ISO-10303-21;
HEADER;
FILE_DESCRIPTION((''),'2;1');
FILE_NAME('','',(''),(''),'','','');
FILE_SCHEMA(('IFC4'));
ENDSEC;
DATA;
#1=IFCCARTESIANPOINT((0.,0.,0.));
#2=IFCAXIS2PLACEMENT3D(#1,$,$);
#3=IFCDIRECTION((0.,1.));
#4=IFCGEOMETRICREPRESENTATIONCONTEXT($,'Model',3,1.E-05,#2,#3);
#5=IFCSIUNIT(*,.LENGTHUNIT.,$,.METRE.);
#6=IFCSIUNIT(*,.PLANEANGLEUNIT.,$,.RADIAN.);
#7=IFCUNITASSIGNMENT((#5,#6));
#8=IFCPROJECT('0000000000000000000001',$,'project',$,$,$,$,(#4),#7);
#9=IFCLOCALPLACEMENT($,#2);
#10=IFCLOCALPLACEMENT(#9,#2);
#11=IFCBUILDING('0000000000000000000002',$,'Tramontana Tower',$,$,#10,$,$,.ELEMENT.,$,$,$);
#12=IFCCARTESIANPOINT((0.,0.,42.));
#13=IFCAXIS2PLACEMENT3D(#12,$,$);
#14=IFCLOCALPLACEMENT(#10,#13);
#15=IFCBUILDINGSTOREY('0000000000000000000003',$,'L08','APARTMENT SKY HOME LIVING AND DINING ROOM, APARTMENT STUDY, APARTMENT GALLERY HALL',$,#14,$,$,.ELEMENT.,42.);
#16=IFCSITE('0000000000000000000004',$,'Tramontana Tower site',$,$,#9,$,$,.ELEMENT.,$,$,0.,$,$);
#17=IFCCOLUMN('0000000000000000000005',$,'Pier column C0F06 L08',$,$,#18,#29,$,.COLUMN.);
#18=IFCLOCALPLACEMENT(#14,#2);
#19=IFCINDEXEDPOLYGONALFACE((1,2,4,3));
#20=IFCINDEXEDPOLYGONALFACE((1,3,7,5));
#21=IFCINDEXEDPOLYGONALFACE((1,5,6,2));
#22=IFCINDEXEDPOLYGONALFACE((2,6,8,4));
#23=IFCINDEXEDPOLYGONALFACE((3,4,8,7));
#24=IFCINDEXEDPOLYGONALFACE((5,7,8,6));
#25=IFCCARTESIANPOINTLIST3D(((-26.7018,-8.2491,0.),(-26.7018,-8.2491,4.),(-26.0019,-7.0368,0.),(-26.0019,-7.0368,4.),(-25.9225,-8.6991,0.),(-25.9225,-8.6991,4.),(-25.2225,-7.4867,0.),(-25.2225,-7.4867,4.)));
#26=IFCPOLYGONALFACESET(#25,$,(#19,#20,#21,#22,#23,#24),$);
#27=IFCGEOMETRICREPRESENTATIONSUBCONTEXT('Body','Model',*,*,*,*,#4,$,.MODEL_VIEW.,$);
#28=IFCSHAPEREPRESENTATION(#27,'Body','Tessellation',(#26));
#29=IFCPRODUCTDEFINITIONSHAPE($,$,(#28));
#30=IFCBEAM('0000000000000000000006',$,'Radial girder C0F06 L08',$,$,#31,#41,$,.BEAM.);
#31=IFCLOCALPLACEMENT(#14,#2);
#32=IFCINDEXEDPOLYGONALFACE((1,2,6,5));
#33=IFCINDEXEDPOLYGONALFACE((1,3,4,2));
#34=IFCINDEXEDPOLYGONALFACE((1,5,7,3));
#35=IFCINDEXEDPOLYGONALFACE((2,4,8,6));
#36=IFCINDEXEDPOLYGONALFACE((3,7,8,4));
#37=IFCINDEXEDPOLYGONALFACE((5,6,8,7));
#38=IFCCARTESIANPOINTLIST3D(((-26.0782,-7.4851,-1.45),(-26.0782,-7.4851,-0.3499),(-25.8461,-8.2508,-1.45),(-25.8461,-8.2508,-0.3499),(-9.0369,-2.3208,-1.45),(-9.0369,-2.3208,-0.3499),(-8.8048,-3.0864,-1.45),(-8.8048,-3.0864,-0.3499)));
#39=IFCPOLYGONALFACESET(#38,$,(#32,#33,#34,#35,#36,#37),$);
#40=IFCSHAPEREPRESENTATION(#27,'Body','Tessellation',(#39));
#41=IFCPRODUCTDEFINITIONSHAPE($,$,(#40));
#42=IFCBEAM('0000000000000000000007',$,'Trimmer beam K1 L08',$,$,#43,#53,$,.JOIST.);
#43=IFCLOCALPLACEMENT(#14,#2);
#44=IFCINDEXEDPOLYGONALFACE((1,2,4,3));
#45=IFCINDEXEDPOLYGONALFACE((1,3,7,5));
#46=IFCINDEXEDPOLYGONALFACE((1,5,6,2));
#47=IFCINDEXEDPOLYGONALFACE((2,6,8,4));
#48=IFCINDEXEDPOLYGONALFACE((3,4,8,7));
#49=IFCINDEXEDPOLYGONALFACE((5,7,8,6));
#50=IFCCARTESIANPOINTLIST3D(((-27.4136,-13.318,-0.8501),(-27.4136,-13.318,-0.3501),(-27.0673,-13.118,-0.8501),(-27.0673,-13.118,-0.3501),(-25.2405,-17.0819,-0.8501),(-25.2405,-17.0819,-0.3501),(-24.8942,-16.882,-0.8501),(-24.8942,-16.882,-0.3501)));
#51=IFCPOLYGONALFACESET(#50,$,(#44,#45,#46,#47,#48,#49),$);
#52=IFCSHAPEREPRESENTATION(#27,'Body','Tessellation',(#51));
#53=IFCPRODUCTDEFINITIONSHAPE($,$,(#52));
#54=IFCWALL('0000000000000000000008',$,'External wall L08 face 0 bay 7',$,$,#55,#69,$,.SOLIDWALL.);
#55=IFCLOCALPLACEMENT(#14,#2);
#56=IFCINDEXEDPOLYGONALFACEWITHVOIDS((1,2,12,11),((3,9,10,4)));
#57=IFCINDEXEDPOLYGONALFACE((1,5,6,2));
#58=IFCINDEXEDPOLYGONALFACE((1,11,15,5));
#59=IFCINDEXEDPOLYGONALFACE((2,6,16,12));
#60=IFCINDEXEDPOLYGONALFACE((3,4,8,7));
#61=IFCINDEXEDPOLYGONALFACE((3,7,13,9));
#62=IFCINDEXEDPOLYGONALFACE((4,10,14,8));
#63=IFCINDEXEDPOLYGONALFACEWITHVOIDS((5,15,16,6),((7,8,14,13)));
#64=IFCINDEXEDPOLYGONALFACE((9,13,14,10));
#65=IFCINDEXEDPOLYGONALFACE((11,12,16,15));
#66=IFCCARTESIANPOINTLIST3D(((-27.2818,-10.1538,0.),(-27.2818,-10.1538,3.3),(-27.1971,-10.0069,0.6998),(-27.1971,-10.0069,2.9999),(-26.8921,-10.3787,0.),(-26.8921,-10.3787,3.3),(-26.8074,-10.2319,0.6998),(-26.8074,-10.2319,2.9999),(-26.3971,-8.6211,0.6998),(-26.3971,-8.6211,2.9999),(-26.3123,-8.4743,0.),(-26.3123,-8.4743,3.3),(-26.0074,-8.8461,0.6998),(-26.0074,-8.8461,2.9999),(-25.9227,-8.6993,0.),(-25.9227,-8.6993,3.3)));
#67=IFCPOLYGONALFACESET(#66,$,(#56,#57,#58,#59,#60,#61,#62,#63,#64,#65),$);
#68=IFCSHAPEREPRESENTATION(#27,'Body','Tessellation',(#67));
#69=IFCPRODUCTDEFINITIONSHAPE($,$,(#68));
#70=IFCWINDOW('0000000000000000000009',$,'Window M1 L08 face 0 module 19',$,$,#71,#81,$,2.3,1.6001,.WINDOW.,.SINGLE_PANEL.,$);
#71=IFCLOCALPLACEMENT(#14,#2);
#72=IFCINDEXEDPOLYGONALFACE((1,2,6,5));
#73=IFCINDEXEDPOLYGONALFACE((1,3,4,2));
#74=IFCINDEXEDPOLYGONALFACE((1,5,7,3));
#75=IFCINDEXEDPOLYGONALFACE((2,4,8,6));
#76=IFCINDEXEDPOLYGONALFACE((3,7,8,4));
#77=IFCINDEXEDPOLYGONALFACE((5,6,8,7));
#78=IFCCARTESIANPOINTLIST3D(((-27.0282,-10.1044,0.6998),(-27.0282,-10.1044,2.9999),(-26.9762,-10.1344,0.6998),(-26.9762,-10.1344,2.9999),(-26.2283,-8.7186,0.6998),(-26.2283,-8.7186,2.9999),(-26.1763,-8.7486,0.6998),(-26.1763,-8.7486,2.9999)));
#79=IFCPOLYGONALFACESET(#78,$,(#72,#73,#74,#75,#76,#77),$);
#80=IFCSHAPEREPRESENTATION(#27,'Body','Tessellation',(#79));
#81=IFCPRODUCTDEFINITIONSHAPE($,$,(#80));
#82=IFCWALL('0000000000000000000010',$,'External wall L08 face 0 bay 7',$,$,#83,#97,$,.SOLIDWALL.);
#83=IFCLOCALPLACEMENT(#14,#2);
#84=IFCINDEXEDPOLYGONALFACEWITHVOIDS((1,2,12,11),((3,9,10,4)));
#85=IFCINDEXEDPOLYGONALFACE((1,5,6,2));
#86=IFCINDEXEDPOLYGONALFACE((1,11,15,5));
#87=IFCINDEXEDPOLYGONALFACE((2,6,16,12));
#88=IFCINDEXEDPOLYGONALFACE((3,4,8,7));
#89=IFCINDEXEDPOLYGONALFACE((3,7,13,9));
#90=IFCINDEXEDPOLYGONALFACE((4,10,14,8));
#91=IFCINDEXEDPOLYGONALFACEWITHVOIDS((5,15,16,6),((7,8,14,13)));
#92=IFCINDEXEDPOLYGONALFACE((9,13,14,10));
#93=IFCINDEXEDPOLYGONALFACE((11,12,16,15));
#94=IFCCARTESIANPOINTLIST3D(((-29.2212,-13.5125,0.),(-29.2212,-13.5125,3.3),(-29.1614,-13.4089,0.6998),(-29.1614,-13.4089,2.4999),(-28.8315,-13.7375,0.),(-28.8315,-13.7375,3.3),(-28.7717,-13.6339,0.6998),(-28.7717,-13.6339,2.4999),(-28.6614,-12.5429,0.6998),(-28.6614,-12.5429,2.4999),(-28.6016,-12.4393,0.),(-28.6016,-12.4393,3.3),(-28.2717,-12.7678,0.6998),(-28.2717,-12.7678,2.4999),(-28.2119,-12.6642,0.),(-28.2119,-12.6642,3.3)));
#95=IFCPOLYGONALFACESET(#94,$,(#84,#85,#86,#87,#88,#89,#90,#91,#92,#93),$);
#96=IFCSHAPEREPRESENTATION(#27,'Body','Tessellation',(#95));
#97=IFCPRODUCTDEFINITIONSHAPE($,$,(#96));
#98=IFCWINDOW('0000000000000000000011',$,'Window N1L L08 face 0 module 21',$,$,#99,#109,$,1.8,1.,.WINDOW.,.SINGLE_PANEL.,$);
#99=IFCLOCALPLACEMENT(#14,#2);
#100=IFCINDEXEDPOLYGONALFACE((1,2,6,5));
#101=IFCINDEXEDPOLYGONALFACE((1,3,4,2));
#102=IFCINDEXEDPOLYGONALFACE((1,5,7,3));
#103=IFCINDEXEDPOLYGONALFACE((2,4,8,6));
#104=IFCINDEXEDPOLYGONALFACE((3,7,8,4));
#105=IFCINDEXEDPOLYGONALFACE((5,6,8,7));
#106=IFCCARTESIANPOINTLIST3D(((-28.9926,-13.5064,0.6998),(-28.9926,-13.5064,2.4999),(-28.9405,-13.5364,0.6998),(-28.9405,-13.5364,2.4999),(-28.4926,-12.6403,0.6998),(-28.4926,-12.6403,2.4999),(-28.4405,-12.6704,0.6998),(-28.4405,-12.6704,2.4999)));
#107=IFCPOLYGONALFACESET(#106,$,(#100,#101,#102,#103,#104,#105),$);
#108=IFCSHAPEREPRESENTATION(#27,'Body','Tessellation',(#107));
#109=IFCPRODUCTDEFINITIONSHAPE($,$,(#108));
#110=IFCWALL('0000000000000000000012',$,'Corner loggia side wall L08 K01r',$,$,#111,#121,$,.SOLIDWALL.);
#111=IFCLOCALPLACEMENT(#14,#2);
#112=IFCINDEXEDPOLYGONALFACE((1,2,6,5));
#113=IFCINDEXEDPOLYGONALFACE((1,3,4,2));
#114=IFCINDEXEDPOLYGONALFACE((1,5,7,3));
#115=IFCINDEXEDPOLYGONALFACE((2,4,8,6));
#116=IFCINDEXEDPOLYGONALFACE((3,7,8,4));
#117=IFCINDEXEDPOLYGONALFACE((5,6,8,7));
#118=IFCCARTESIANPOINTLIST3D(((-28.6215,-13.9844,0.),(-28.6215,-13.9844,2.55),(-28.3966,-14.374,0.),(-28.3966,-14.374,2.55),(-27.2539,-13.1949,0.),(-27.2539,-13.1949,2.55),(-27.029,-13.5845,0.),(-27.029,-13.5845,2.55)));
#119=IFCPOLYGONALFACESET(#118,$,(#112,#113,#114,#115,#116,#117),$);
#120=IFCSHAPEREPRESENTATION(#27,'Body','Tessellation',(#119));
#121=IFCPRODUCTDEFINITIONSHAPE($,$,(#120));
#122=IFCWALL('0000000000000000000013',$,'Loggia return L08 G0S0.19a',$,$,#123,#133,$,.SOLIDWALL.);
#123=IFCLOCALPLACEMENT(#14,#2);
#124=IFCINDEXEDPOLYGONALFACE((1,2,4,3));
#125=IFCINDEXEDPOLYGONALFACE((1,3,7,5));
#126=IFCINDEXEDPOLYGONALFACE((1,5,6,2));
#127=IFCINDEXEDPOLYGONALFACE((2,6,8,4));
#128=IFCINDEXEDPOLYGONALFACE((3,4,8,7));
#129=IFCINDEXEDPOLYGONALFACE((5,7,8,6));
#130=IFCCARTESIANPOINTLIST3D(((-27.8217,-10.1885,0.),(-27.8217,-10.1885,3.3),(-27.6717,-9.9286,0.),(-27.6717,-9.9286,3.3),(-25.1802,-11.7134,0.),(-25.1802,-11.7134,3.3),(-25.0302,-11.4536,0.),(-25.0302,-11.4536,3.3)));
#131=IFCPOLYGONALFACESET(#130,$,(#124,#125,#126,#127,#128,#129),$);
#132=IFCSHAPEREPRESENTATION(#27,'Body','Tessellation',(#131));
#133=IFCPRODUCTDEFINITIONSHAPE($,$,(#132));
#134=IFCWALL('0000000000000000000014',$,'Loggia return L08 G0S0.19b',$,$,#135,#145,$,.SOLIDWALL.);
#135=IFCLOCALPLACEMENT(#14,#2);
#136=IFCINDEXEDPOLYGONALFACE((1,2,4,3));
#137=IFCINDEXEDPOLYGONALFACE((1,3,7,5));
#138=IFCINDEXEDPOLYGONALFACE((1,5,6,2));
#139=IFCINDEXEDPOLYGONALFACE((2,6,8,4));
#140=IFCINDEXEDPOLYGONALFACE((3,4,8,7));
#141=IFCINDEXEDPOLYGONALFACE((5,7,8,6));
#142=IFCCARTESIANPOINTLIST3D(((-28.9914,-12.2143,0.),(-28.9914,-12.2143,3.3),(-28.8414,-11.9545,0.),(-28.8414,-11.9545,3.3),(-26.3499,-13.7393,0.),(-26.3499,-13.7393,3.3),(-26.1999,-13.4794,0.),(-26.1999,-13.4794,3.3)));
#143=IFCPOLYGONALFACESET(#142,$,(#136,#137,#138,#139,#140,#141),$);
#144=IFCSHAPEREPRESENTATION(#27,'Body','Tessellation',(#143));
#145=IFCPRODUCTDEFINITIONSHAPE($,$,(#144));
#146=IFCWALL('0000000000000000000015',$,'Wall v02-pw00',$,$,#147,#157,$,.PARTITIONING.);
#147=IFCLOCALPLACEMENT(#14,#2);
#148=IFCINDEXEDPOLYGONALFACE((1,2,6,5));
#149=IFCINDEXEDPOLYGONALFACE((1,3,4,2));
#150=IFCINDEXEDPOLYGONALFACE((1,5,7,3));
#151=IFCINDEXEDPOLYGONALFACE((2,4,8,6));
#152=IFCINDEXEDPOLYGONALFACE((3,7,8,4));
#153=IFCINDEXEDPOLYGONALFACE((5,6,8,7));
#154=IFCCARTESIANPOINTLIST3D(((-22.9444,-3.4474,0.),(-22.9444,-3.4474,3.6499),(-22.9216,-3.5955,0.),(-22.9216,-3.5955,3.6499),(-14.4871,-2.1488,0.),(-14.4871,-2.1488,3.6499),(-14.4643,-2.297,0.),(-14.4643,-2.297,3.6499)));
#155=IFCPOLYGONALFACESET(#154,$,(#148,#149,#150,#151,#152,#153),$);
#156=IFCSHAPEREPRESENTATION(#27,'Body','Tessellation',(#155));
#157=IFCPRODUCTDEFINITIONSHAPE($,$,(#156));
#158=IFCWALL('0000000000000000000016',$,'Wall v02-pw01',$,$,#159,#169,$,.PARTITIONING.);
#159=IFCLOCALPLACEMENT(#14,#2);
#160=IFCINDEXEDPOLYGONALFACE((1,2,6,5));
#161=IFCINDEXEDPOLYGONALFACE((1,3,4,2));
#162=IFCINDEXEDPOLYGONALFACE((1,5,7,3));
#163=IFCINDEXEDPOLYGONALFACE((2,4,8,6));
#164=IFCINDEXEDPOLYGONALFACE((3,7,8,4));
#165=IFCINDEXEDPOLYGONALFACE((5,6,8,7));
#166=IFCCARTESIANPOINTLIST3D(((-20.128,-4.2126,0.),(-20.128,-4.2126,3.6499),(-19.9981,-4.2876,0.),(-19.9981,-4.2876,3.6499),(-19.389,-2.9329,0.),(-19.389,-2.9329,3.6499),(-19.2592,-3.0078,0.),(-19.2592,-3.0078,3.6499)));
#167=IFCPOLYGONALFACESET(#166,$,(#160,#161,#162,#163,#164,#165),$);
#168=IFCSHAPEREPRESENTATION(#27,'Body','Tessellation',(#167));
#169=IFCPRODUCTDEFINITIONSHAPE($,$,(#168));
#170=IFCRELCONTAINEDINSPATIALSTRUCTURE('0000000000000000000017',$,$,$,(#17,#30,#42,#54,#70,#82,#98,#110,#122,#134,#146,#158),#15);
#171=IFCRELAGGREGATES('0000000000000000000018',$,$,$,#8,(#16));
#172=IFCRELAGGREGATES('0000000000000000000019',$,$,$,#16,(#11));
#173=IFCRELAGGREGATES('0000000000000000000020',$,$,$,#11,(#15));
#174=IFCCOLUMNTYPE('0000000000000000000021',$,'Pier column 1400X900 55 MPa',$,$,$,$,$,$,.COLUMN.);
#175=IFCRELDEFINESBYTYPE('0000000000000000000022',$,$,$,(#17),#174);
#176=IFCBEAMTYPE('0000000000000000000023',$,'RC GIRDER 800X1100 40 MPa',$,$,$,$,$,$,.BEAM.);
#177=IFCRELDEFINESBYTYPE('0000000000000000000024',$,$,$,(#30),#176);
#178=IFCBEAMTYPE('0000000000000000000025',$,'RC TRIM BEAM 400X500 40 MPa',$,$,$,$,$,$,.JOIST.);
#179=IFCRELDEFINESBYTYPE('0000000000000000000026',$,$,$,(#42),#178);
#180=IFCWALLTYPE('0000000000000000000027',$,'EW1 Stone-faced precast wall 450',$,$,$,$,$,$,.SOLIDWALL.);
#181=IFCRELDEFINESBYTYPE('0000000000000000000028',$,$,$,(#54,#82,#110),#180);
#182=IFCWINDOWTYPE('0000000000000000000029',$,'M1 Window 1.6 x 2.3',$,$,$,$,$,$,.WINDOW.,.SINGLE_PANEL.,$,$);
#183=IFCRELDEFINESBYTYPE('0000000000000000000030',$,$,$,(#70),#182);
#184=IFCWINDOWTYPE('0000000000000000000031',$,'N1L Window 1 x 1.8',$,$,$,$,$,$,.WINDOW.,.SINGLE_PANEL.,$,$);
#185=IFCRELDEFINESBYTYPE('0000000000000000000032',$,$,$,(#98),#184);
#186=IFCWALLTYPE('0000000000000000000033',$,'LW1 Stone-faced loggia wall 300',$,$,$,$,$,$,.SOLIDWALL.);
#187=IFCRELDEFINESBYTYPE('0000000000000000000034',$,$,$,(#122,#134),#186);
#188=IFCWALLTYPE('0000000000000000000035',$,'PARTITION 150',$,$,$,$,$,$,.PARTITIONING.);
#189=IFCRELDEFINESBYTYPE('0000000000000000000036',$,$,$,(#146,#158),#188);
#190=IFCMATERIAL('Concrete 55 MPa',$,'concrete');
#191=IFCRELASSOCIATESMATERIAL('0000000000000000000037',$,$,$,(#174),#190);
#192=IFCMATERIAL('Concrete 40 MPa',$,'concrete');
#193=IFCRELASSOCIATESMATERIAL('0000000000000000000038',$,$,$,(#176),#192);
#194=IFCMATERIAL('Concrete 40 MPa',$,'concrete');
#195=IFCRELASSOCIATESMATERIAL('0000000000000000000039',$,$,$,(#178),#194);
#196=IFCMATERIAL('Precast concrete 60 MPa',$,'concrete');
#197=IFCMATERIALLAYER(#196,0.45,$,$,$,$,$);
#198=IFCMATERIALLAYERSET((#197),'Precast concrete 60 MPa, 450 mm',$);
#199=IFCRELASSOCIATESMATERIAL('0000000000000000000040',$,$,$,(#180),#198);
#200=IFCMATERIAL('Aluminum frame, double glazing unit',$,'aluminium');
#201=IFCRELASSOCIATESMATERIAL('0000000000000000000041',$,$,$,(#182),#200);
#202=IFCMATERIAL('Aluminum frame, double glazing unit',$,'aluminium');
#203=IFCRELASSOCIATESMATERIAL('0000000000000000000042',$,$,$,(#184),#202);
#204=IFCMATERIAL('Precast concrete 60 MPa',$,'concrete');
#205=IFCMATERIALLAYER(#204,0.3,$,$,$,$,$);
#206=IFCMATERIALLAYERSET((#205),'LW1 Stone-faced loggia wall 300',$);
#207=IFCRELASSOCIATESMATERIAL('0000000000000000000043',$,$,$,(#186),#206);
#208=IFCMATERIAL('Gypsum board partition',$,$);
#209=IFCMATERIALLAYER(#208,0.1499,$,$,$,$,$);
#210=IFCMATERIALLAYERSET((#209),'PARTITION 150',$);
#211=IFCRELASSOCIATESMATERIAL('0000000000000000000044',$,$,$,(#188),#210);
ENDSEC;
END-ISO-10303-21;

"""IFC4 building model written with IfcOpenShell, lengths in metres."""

from ifc_helpers import new_model, si_unit, direction, frame, frame_2d, origin, origin_2d, place, context, subcontext, project, spatial, rectangle, extrude, material, layer, layer_set, material_profile, profile_set, type_object, element, fill, save


model = new_model("IFC4")

# Units and contexts
model_context = context("Model", 3, precision=1e-05, world=origin(), true_north=direction((0.0, 1.0)))
body_context = subcontext(model_context, "Body", "Model", "MODEL_VIEW")
ifc_project = project(units=[si_unit("LENGTHUNIT", "METRE"), si_unit("PLANEANGLEUNIT", "RADIAN")], contexts=[model_context])

# Site, building, storey
site_placement = place(None, origin())
site = spatial("IfcSite", under=ifc_project, at=site_placement, Name="Tramontana Tower site", CompositionType="ELEMENT", RefElevation=0.0)
building_placement = place(site_placement, origin())
building = spatial("IfcBuilding", under=site, at=building_placement, Name="Tramontana Tower", CompositionType="ELEMENT")
storey_placement = place(building_placement, frame((0.0, 0.0, 42.0)))
storey = spatial("IfcBuildingStorey", under=building, at=storey_placement, Name="L08", Description="APARTMENT SKY HOME LIVING AND DINING ROOM, APARTMENT STUDY, APARTMENT GALLERY HALL", CompositionType="ELEMENT", Elevation=42.0)

# Column
ifc_material_1 = material(Name="Concrete 55 MPa", Category="concrete")
ifc_material_profile_1 = material_profile(ifc_material_1, rectangle(XDim=1.3999, YDim=0.8999, at=origin_2d()), Name="Pier column 1400X900 55 MPa")
ifc_profile_set_1 = profile_set([ifc_material_profile_1], Name="Concrete 55 MPa")
column_type = type_object("IfcColumnType", Name="Pier column 1400X900 55 MPa", PredefinedType="COLUMN", material=ifc_profile_set_1)
column_placement = place(storey_placement, frame((-25.9622, -7.8679, 0.0), z_axis=(0.0, 0.0, 1.0), x_axis=(-0.5, -0.866025, 0.0)))
element("IfcColumn", 1, at=column_placement, inside=storey, type_object=column_type, Name="Pier column C0F06 L08", PredefinedType="COLUMN", context=body_context, shape_type="SweptSolid", body=[
    extrude(rectangle(XDim=1.3999, YDim=0.8999, at=origin_2d()), origin(), (0.0, 0.0, 1.0), 4.0),
])

# Beams
ifc_material_2 = material(Name="Concrete 40 MPa", Category="concrete")
ifc_material_profile_2 = material_profile(ifc_material_2, rectangle(XDim=0.8, YDim=1.1001, at=origin_2d()), Name="RC GIRDER 800X1100 40 MPa")
ifc_profile_set_2 = profile_set([ifc_material_profile_2], Name="Concrete 40 MPa")
beam_type_1 = type_object("IfcBeamType", Name="RC GIRDER 800X1100 40 MPa", PredefinedType="BEAM", material=ifc_profile_set_2)
beam_1_placement = place(storey_placement, frame((-25.9622, -7.8679, -0.8999), z_axis=(0.95702, 0.290022, 0.0), x_axis=(-0.290022, 0.95702, 0.0)))
element("IfcBeam", 2, at=beam_1_placement, inside=storey, type_object=beam_type_1, Name="Radial girder C0F06 L08", PredefinedType="BEAM", context=body_context, shape_type="SweptSolid", body=[
    extrude(rectangle(XDim=0.8, YDim=1.1001, at=origin_2d()), origin(), (0.0, 0.0, 1.0), 17.8066),
])
ifc_material_3 = material(Name="Concrete 40 MPa", Category="concrete")
ifc_material_profile_3 = material_profile(ifc_material_3, rectangle(XDim=0.3999, YDim=0.5, at=origin_2d()), Name="RC TRIM BEAM 400X500 40 MPa")
ifc_profile_set_3 = profile_set([ifc_material_profile_3], Name="Concrete 40 MPa")
beam_type_2 = type_object("IfcBeamType", Name="RC TRIM BEAM 400X500 40 MPa", PredefinedType="JOIST", material=ifc_profile_set_3)
beam_2_placement = place(storey_placement, frame((-27.2405, -13.218, -0.6001), z_axis=(0.5, -0.866026, 0.0), x_axis=(0.866026, 0.5, 0.0)))
element("IfcBeam", 3, at=beam_2_placement, inside=storey, type_object=beam_type_2, Name="Trimmer beam K1 L08", PredefinedType="JOIST", context=body_context, shape_type="SweptSolid", body=[
    extrude(rectangle(XDim=0.3999, YDim=0.5, at=origin_2d()), origin(), (0.0, 0.0, 1.0), 4.3462),
])

# Walls, openings, windows
ifc_material_4 = material(Name="Precast concrete 60 MPa", Category="concrete")
ifc_layer_1 = layer(ifc_material_4, 0.45)
ifc_layer_set_1 = layer_set([ifc_layer_1], Name="Precast concrete 60 MPa, 450 mm")
wall_type_1 = type_object("IfcWallType", Name="EW1 Stone-faced precast wall 450", PredefinedType="SOLIDWALL", material=ifc_layer_set_1)
wall_1_placement = place(storey_placement, frame((-26.1174, -8.5867, 0.0), z_axis=(0.0, 0.0, 1.0), x_axis=(-0.499944, -0.866058, 0.0)))
wall_1 = element("IfcWall", 4, at=wall_1_placement, inside=storey, type_object=wall_type_1, Name="External wall L08 face 0 bay 7", PredefinedType="SOLIDWALL", context=body_context, shape_type="SweptSolid", body=[
    extrude(rectangle(XDim=1.9392, YDim=0.45, at=frame_2d((0.9697, 0.0))), origin(), (0.0, 0.0, 1.0), 3.3),
])
opening_1_placement = place(wall_1_placement, frame((0.1697, 0.0, 0.7)))
opening_1 = element("IfcOpeningElement", 5, at=opening_1_placement, cuts=wall_1, PredefinedType="OPENING", context=body_context, shape_type="SweptSolid", body=[
    extrude(rectangle(XDim=1.6001, YDim=2.3, at=frame_2d((0.8, 1.1499))), frame((0.0, 0.2349, 0.0), z_axis=(0.0, -1.0, 0.0), x_axis=(1.0, 0.0, 0.0)), (0.0, 0.0, 1.0), 0.47),
])
ifc_material_5 = material(Name="Aluminum frame, double glazing unit", Category="aluminium")
window_type_1 = type_object("IfcWindowType", Name="M1 Window 1.6 x 2.3", PartitioningType="SINGLE_PANEL", PredefinedType="WINDOW", material=ifc_material_5)
window_1_placement = place(opening_1_placement, origin())
window_1 = element("IfcWindow", 6, at=window_1_placement, inside=storey, type_object=window_type_1, Name="Window M1 L08 face 0 module 19", OverallHeight=2.3, OverallWidth=1.6001, PartitioningType="SINGLE_PANEL", PredefinedType="WINDOW", context=body_context, shape_type="SweptSolid", body=[
    extrude(rectangle(XDim=1.6001, YDim=2.3, at=frame_2d((0.8, 1.1499))), frame((0.0, 0.03, 0.0), z_axis=(0.0, -1.0, 0.0), x_axis=(1.0, 0.0, 0.0)), (0.0, 0.0, 1.0), 0.0601),
])
fill(opening_1, window_1)
wall_2_placement = place(storey_placement, frame((-28.4067, -12.5518, 0.0), z_axis=(0.0, 0.0, 1.0), x_axis=(-0.499995, -0.866028, 0.0)))
wall_2 = element("IfcWall", 7, at=wall_2_placement, inside=storey, type_object=wall_type_1, Name="External wall L08 face 0 bay 7", PredefinedType="SOLIDWALL", context=body_context, shape_type="SweptSolid", body=[
    extrude(rectangle(XDim=1.2393, YDim=0.45, at=frame_2d((0.6196, 0.0))), origin(), (0.0, 0.0, 1.0), 3.3),
])
opening_2_placement = place(wall_2_placement, frame((0.1196, 0.0, 0.7)))
opening_2 = element("IfcOpeningElement", 8, at=opening_2_placement, cuts=wall_2, PredefinedType="OPENING", context=body_context, shape_type="SweptSolid", body=[
    extrude(rectangle(XDim=1.0, YDim=1.8, at=frame_2d((0.5, 0.8999))), frame((0.0, 0.2349, 0.0), z_axis=(0.0, -1.0, 0.0), x_axis=(1.0, 0.0, 0.0)), (0.0, 0.0, 1.0), 0.47),
])
ifc_material_6 = material(Name="Aluminum frame, double glazing unit", Category="aluminium")
window_type_2 = type_object("IfcWindowType", Name="N1L Window 1 x 1.8", PartitioningType="SINGLE_PANEL", PredefinedType="WINDOW", material=ifc_material_6)
window_2_placement = place(opening_2_placement, origin())
window_2 = element("IfcWindow", 9, at=window_2_placement, inside=storey, type_object=window_type_2, Name="Window N1L L08 face 0 module 21", OverallHeight=1.8, OverallWidth=1.0, PartitioningType="SINGLE_PANEL", PredefinedType="WINDOW", context=body_context, shape_type="SweptSolid", body=[
    extrude(rectangle(XDim=1.0, YDim=1.8, at=frame_2d((0.5, 0.8999))), frame((0.0, 0.03, 0.0), z_axis=(0.0, -1.0, 0.0), x_axis=(1.0, 0.0, 0.0)), (0.0, 0.0, 1.0), 0.0601),
])
fill(opening_2, window_2)

# Wall
wall_3_placement = place(storey_placement, frame((-28.509, -14.1792, 0.0), z_axis=(0.0, 0.0, 1.0), x_axis=(0.866047, 0.499963, 0.0)))
element("IfcWall", 10, at=wall_3_placement, inside=storey, type_object=wall_type_1, Name="Corner loggia side wall L08 K01r", PredefinedType="SOLIDWALL", context=body_context, shape_type="SweptSolid", body=[
    extrude(rectangle(XDim=1.5791, YDim=0.45, at=frame_2d((0.7896, 0.0))), origin(), (0.0, 0.0, 1.0), 2.55),
])

# Shared definitions
ifc_material_7 = material(Name="Precast concrete 60 MPa", Category="concrete")
ifc_layer_2 = layer(ifc_material_7, 0.3)
ifc_layer_set_2 = layer_set([ifc_layer_2], Name="LW1 Stone-faced loggia wall 300")
wall_type_2 = type_object("IfcWallType", Name="LW1 Stone-faced loggia wall 300", PredefinedType="SOLIDWALL", material=ifc_layer_set_2)

# Walls
for number, where, z_axis, x_axis, name in (
    (11, (-27.7466, -10.0586, 0.0), (0.0, 0.0, 1.0), (0.866038, -0.499979, 0.0), "Loggia return L08 G0S0.19a"),
    (12, (-28.9163, -12.0845, 0.0), (0.0, 0.0, 1.0), (0.866038, -0.499979, 0.0), "Loggia return L08 G0S0.19b"),
):
    element("IfcWall", number, at=place(storey_placement, frame(where, z_axis=z_axis, x_axis=x_axis)), inside=storey, type_object=wall_type_2, Name=name, PredefinedType="SOLIDWALL", context=body_context, shape_type="SweptSolid", body=[
        extrude(rectangle(XDim=3.05, YDim=0.3, at=frame_2d((1.5249, 0.0))), origin(), (0.0, 0.0, 1.0), 3.3),
    ])
ifc_material_8 = material(Name="Gypsum board partition")
ifc_layer_3 = layer(ifc_material_8, 0.1499)
ifc_layer_set_3 = layer_set([ifc_layer_3], Name="PARTITION 150")
wall_type_3 = type_object("IfcWallType", Name="PARTITION 150", PredefinedType="PARTITIONING", material=ifc_layer_set_3)
wall_4_placement = place(storey_placement, frame((-22.9331, -3.5215, 0.0), z_axis=(0.0, 0.0, 1.0), x_axis=(0.988416, 0.151768, 0.0)))
element("IfcWall", 13, at=wall_4_placement, inside=storey, type_object=wall_type_3, Name="Wall v02-pw00", PredefinedType="PARTITIONING", context=body_context, shape_type="SweptSolid", body=[
    extrude(rectangle(XDim=8.5564, YDim=0.1499, at=frame_2d((4.2783, 0.0))), origin(), (0.0, 0.0, 1.0), 3.6499),
])
wall_5_placement = place(storey_placement, frame((-20.063, -4.25, 0.0), z_axis=(0.0, 0.0, 1.0), x_axis=(0.500066, 0.865987, 0.0)))
element("IfcWall", 14, at=wall_5_placement, inside=storey, type_object=wall_type_3, Name="Wall v02-pw01", PredefinedType="PARTITIONING", context=body_context, shape_type="SweptSolid", body=[
    extrude(rectangle(XDim=1.4778, YDim=0.1499, at=frame_2d((0.7388, 0.0))), origin(), (0.0, 0.0, 1.0), 3.6499),
])

save(model, "model.ifc")
